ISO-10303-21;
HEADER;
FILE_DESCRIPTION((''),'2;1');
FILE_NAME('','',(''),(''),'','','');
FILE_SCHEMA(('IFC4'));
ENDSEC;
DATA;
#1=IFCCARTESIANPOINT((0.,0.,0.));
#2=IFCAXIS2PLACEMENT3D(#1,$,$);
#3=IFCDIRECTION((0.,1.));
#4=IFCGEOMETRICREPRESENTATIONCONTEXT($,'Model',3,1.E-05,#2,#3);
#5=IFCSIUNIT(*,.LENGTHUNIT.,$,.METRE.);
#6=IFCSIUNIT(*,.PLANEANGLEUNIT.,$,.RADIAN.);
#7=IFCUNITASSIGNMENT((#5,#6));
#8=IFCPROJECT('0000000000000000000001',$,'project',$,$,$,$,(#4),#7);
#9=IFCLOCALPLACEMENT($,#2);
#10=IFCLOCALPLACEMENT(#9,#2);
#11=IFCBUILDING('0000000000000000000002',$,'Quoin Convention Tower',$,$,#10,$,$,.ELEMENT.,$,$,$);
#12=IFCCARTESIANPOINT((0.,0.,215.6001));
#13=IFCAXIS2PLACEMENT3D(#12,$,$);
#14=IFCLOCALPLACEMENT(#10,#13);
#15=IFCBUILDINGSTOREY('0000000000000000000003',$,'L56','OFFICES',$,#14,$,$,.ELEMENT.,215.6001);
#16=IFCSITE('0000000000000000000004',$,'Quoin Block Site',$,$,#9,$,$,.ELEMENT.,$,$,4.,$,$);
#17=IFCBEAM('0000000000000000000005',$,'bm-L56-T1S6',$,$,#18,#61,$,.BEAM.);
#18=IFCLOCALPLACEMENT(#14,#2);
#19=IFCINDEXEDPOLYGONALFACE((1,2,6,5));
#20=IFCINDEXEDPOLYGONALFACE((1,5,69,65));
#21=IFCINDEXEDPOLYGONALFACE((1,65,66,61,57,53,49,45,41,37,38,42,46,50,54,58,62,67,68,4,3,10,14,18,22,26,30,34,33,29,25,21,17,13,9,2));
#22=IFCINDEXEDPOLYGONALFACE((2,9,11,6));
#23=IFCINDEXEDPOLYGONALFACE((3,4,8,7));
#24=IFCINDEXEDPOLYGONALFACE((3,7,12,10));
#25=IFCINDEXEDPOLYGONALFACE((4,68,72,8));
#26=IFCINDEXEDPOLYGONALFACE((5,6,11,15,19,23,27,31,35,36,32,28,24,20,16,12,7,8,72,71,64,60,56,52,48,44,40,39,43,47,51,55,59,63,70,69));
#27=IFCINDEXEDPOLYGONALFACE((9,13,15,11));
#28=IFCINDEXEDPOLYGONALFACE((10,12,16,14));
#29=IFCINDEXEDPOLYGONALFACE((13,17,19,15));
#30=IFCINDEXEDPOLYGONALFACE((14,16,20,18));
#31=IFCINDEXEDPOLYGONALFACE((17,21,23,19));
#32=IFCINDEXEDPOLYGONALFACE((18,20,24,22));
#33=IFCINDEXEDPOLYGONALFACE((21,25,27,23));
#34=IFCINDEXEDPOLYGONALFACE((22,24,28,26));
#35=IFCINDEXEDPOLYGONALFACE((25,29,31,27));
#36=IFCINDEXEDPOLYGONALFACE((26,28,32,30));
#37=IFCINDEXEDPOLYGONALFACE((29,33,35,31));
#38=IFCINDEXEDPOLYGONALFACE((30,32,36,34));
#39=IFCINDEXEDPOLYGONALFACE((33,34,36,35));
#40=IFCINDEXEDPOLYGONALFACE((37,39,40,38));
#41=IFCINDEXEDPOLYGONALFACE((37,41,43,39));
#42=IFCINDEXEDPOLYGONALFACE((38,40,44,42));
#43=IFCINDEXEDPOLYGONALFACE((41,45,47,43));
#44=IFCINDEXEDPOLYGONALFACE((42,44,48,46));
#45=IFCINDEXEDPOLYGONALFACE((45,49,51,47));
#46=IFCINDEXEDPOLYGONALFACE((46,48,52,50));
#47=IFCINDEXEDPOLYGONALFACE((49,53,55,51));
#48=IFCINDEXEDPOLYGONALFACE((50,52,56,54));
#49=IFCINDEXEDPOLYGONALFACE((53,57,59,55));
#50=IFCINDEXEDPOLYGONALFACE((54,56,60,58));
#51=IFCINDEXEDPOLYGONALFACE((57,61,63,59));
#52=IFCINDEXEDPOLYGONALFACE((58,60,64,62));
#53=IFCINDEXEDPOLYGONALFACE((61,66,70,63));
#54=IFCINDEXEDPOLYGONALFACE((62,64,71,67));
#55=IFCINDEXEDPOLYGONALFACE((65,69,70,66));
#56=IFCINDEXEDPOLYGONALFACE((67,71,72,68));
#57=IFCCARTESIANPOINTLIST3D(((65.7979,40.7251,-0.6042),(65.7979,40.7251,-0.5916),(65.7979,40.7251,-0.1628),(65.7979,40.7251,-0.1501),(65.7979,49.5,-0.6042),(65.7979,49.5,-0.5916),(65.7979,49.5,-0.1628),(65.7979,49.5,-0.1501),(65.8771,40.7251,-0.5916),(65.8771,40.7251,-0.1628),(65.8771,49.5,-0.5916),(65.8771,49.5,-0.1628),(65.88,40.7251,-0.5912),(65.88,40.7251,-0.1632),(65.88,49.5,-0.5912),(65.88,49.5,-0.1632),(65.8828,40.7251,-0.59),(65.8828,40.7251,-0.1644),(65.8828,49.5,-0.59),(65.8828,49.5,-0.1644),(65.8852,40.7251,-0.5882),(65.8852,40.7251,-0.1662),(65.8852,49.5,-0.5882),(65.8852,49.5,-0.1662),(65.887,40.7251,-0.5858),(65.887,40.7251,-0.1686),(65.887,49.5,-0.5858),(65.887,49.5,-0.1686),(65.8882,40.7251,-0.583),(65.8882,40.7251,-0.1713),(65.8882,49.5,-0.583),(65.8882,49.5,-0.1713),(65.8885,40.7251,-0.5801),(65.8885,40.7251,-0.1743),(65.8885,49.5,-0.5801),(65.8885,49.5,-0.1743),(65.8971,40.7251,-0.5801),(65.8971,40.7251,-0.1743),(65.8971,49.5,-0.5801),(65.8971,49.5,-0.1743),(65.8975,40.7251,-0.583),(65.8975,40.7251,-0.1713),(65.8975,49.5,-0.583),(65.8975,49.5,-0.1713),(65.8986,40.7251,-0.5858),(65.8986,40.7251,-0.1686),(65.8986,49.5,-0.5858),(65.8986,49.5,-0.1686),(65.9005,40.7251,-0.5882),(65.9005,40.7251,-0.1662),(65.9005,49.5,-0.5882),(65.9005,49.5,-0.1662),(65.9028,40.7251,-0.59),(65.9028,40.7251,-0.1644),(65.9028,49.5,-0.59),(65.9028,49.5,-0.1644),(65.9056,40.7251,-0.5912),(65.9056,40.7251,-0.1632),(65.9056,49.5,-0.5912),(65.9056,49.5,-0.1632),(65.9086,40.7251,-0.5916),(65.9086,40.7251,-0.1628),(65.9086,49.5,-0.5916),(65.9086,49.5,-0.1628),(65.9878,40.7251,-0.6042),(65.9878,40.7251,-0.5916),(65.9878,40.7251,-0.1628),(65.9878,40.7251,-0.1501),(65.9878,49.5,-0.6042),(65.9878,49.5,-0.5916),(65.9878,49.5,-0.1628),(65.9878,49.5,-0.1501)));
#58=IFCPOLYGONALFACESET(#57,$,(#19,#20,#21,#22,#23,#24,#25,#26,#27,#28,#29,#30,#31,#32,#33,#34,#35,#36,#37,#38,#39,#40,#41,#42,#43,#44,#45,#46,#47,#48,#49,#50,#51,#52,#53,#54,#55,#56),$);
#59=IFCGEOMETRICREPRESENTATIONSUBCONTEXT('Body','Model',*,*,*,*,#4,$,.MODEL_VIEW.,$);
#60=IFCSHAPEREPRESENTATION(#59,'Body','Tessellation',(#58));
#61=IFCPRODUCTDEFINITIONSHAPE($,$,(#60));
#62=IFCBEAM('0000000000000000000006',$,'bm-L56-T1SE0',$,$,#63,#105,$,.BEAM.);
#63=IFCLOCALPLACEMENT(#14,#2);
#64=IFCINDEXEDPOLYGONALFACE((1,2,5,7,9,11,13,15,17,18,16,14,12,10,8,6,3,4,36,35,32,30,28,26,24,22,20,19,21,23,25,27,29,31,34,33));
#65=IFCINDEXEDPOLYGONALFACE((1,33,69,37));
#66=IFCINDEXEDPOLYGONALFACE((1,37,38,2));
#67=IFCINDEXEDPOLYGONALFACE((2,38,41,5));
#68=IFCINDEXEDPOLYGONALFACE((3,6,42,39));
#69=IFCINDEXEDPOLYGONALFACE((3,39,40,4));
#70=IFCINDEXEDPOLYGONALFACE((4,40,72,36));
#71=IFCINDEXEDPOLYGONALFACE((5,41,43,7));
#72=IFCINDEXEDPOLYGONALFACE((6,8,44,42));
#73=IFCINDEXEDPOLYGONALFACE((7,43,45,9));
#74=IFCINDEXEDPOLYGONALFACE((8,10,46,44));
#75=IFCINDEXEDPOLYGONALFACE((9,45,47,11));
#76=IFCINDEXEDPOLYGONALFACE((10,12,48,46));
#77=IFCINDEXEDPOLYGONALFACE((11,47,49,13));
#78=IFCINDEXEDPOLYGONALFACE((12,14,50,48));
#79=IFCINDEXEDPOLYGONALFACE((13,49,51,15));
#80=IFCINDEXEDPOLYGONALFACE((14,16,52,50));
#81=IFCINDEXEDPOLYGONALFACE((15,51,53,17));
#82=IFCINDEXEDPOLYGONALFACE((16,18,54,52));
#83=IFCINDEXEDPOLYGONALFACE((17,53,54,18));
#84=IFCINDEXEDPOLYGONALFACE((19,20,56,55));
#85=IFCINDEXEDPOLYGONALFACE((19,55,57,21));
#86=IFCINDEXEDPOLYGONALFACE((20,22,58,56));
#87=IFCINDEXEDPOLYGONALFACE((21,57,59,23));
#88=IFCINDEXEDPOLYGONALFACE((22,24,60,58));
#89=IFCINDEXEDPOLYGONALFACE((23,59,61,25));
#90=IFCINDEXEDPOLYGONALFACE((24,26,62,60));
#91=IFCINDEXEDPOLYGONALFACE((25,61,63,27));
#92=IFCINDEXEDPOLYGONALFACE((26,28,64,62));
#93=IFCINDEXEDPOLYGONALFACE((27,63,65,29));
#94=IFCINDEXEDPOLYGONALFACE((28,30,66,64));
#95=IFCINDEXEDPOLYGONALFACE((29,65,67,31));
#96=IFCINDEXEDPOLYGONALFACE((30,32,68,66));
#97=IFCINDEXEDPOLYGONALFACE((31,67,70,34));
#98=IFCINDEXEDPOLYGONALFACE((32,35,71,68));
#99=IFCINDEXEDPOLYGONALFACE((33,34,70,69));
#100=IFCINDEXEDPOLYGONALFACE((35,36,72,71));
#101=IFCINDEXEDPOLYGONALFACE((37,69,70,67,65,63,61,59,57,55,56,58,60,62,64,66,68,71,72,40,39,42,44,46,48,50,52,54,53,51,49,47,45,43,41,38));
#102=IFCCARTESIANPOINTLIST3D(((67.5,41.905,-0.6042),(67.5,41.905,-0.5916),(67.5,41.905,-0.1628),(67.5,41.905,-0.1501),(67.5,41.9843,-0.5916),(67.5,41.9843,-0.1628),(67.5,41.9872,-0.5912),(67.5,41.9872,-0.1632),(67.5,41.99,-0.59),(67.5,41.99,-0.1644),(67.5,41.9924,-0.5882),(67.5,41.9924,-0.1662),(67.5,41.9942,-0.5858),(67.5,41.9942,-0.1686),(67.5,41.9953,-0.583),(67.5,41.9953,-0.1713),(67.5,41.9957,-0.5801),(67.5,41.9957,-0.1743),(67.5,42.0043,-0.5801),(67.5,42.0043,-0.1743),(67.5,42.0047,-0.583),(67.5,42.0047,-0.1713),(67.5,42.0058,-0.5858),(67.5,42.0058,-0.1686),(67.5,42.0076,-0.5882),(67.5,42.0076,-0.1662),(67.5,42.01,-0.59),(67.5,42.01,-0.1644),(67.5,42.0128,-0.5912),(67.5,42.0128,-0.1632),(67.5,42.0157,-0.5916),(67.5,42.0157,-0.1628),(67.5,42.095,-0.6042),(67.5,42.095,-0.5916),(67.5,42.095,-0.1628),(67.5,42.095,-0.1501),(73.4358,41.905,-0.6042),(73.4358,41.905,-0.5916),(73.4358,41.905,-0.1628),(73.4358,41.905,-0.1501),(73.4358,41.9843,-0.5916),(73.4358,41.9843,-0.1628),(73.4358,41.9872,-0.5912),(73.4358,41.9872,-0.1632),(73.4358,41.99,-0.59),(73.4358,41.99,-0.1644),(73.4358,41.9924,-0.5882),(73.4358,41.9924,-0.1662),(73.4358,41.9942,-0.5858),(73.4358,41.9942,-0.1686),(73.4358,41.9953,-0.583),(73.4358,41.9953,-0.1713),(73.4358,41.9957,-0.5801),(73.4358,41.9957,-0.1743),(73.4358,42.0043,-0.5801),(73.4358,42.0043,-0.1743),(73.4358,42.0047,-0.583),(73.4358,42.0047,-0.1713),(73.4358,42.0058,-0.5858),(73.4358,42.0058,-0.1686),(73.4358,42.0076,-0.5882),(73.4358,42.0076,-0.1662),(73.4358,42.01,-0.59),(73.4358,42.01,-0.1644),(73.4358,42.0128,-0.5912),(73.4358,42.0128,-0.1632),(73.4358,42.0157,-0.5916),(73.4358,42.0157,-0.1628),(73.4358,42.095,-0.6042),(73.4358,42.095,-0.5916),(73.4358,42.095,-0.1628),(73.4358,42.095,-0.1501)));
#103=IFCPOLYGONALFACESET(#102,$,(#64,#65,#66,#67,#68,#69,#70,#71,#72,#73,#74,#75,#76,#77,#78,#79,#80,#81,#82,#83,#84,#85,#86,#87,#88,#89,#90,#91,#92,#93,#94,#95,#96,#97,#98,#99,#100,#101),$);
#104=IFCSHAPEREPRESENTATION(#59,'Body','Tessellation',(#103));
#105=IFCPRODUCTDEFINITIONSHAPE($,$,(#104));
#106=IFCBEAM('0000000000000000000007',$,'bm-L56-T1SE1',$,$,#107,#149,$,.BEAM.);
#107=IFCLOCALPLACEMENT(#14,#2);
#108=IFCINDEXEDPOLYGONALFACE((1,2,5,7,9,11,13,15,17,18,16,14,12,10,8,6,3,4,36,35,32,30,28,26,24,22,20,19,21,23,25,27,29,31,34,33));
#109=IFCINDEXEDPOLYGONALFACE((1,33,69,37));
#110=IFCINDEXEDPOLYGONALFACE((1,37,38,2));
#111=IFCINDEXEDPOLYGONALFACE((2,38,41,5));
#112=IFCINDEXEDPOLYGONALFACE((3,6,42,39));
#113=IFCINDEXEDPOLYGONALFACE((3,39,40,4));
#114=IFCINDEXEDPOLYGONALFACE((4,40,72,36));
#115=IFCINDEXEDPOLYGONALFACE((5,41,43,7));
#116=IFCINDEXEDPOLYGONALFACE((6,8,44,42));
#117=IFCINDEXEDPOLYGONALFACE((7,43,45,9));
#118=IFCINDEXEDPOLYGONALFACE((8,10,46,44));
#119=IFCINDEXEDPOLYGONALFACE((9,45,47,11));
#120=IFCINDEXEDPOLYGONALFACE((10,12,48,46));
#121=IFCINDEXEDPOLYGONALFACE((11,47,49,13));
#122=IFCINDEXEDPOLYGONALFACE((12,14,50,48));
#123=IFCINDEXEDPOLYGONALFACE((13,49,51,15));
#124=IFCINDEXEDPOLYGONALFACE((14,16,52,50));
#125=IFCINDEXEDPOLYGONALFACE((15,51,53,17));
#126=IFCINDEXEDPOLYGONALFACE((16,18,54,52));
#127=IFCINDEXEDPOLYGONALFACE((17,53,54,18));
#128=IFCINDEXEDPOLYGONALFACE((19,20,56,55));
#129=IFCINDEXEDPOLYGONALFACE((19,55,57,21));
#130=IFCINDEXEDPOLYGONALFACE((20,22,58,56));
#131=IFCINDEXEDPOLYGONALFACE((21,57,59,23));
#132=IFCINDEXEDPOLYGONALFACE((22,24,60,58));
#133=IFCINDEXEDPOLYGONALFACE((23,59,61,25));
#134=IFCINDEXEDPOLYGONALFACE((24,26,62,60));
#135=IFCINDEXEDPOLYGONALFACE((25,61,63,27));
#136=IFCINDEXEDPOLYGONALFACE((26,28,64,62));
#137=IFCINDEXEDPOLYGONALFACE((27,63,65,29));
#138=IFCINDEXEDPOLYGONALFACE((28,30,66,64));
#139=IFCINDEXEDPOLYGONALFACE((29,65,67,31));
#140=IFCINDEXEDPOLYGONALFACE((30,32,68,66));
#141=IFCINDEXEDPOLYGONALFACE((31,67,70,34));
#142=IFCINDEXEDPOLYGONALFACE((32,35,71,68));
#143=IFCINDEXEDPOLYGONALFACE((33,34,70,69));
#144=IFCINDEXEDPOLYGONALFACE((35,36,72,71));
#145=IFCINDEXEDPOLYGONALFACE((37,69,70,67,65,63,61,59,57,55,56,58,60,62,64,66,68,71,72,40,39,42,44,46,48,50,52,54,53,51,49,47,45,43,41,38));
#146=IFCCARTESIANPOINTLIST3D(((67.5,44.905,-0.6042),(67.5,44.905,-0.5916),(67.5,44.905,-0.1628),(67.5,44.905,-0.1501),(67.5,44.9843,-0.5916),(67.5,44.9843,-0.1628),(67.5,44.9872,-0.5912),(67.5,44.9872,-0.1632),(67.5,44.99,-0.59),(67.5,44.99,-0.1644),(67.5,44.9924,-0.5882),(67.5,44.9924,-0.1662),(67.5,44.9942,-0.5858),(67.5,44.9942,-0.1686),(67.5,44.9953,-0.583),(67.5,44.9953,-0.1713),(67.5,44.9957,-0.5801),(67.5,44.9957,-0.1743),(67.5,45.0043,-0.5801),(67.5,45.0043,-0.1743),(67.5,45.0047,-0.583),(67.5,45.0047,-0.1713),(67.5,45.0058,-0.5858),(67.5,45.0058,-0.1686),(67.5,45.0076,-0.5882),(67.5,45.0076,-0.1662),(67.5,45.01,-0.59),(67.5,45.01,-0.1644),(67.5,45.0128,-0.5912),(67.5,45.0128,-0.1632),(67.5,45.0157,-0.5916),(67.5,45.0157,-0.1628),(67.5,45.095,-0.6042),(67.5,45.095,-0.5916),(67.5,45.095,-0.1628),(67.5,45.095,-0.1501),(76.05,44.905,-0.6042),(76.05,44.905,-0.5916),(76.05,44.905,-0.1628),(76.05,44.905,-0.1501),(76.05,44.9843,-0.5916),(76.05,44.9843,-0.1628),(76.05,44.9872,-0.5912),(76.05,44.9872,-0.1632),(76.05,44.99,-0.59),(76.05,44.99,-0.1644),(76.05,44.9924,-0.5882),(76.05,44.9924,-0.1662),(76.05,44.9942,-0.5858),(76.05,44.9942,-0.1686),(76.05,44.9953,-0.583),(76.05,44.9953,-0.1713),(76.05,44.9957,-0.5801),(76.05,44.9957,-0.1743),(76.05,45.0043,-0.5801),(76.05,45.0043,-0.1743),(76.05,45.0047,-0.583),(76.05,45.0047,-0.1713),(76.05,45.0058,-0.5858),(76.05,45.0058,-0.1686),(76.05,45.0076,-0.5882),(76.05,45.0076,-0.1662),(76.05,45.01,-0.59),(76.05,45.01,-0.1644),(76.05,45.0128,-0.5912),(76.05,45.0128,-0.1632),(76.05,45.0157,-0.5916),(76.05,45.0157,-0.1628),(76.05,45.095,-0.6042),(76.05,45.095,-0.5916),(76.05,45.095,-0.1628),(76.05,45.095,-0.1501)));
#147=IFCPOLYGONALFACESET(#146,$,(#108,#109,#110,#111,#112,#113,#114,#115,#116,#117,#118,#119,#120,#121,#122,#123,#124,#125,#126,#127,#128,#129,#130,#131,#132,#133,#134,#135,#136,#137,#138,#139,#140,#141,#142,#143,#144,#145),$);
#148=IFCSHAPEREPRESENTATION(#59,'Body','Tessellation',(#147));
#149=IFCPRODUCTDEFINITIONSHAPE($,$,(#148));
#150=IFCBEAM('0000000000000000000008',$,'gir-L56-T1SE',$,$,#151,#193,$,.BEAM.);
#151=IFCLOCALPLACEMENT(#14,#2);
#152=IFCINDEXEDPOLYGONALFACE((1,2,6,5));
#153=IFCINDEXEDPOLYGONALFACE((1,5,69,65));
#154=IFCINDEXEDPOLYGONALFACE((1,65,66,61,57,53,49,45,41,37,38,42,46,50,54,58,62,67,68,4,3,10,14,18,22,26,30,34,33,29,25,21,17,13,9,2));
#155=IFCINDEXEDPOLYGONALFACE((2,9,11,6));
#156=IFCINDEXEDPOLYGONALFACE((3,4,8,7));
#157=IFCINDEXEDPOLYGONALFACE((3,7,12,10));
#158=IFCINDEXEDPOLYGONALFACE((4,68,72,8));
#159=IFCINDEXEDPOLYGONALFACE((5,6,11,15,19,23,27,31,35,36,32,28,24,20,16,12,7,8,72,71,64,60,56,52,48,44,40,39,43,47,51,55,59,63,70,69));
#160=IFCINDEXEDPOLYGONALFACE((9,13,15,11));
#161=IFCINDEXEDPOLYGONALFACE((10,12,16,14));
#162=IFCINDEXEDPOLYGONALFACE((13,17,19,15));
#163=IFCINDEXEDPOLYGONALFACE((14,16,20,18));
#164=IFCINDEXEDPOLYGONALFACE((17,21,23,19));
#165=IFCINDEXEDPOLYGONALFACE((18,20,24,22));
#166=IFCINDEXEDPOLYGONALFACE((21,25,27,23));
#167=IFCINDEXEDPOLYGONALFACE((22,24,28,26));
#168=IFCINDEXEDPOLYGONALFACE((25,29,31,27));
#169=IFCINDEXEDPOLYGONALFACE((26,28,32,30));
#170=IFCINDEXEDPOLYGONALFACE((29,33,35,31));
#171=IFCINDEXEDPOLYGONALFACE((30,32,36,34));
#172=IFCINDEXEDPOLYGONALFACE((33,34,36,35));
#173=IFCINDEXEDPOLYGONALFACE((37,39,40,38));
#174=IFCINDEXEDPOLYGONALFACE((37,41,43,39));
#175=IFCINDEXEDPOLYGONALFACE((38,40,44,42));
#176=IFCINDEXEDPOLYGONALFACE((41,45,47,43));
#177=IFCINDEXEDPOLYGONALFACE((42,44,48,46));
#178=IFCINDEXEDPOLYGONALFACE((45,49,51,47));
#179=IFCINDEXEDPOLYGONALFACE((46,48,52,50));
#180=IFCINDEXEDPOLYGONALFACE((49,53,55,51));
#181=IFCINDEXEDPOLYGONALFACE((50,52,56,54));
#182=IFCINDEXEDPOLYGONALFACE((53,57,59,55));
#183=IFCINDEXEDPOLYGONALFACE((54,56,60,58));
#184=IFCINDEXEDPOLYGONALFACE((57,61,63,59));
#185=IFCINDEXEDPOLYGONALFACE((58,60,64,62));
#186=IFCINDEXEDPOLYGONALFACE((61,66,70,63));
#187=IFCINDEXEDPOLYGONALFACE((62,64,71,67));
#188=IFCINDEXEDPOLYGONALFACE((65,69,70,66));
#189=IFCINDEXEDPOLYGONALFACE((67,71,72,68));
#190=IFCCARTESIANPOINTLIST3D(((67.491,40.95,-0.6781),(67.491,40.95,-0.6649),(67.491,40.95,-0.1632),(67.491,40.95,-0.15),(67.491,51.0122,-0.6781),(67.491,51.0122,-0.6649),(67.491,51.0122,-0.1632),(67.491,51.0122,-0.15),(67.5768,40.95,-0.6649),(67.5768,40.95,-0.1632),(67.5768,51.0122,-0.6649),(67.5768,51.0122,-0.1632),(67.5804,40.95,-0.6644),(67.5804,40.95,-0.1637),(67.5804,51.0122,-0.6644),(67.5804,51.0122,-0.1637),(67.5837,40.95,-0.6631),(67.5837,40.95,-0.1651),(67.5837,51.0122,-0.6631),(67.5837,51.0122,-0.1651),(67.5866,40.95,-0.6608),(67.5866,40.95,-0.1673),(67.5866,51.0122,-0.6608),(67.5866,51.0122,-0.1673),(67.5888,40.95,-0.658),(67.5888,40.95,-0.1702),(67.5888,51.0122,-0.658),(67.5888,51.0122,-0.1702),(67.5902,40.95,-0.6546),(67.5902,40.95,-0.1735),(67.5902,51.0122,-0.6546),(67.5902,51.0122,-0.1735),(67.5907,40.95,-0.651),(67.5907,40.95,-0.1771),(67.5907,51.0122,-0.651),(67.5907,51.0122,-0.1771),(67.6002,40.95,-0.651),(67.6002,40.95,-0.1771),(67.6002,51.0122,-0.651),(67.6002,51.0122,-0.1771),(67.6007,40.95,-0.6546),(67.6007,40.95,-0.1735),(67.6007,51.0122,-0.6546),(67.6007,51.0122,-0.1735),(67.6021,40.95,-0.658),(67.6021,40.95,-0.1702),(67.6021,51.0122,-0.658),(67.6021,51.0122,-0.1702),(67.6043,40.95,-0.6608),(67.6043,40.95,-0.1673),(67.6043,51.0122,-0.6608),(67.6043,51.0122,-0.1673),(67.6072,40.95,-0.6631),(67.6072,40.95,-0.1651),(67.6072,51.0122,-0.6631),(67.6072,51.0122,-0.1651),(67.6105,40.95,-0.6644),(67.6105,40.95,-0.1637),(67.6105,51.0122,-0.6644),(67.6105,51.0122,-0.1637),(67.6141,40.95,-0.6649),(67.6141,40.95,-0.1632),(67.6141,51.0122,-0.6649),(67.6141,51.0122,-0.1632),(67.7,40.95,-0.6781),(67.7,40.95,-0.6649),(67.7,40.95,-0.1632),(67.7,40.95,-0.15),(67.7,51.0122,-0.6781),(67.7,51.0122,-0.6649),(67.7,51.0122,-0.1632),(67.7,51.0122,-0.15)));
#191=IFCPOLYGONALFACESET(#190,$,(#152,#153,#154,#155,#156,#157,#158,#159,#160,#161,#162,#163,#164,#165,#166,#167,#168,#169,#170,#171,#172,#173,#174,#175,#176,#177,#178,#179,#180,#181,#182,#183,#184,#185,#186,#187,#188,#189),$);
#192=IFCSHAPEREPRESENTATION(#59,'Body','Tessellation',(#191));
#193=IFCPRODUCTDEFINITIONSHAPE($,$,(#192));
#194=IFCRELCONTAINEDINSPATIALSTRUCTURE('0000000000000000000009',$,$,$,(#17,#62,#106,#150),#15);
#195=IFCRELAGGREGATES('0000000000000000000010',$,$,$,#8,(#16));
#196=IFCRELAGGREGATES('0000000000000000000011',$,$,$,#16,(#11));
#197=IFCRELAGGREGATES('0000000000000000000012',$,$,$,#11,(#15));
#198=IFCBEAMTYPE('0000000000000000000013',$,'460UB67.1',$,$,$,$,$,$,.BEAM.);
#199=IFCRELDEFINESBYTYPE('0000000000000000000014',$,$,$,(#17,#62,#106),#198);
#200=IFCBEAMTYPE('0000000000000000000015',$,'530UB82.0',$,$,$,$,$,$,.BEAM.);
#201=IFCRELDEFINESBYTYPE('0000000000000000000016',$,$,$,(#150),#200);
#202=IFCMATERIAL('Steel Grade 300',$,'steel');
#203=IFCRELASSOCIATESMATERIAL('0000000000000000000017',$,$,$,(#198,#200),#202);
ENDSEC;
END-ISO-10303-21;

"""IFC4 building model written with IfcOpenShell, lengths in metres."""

from ifc_helpers import new_model, si_unit, direction, frame, origin, origin_2d, place, context, subcontext, project, spatial, i_section, extrude, material, material_profile, profile_set, type_object, element, save


model = new_model("IFC4")

# Units and contexts
model_context = context("Model", 3, precision=1e-05, world=origin(), true_north=direction((0.0, 1.0)))
body_context = subcontext(model_context, "Body", "Model", "MODEL_VIEW")
ifc_project = project(units=[si_unit("LENGTHUNIT", "METRE"), si_unit("PLANEANGLEUNIT", "RADIAN")], contexts=[model_context])

# Site, building, storey
site_placement = place(None, origin())
site = spatial("IfcSite", under=ifc_project, at=site_placement, Name="Quoin Block Site", CompositionType="ELEMENT", RefElevation=4.0)
building_placement = place(site_placement, origin())
building = spatial("IfcBuilding", under=site, at=building_placement, Name="Quoin Convention Tower", CompositionType="ELEMENT")
storey_placement = place(building_placement, frame((0.0, 0.0, 215.6001)))
storey = spatial("IfcBuildingStorey", under=building, at=storey_placement, Name="L56", Description="OFFICES", CompositionType="ELEMENT", Elevation=215.6001)

# Beams
ifc_material_1 = material(Name="Steel Grade 300", Category="steel")
ifc_material_profile_1 = material_profile(ifc_material_1, i_section(OverallWidth=0.1899, OverallDepth=0.4541, WebThickness=0.0085, FlangeThickness=0.0127, FilletRadius=0.0115, at=origin_2d()), Name="460UB67.1")
ifc_profile_set_1 = profile_set([ifc_material_profile_1], Name="Steel Grade 300")
beam_type_1 = type_object("IfcBeamType", Name="460UB67.1", PredefinedType="BEAM", material=ifc_profile_set_1)
beam_1_placement = place(storey_placement, frame((65.8928, 40.7251, -0.3772), z_axis=(0.0, 1.0, 0.0), x_axis=(-1.0, 0.0, 0.0)))
element("IfcBeam", 1, at=beam_1_placement, inside=storey, type_object=beam_type_1, Name="bm-L56-T1S6", PredefinedType="BEAM", context=body_context, shape_type="SweptSolid", body=[
    extrude(i_section(OverallWidth=0.1899, OverallDepth=0.4541, WebThickness=0.0085, FlangeThickness=0.0127, FilletRadius=0.0115, at=origin_2d()), origin(), (0.0, 0.0, 1.0), 8.7749),
])
beam_2_placement = place(storey_placement, frame((67.5, 42.0, -0.3772), z_axis=(1.0, 0.0, 0.0), x_axis=(0.0, 1.0, 0.0)))
element("IfcBeam", 2, at=beam_2_placement, inside=storey, type_object=beam_type_1, Name="bm-L56-T1SE0", PredefinedType="BEAM", context=body_context, shape_type="SweptSolid", body=[
    extrude(i_section(OverallWidth=0.1899, OverallDepth=0.4541, WebThickness=0.0085, FlangeThickness=0.0127, FilletRadius=0.0115, at=origin_2d()), origin(), (0.0, 0.0, 1.0), 5.9358),
])
beam_3_placement = place(storey_placement, frame((67.5, 45.0, -0.3772), z_axis=(1.0, 0.0, 0.0), x_axis=(0.0, 1.0, 0.0)))
element("IfcBeam", 3, at=beam_3_placement, inside=storey, type_object=beam_type_1, Name="bm-L56-T1SE1", PredefinedType="BEAM", context=body_context, shape_type="SweptSolid", body=[
    extrude(i_section(OverallWidth=0.1899, OverallDepth=0.4541, WebThickness=0.0085, FlangeThickness=0.0127, FilletRadius=0.0115, at=origin_2d()), origin(), (0.0, 0.0, 1.0), 8.55),
])
ifc_material_profile_2 = material_profile(ifc_material_1, i_section(OverallWidth=0.209, OverallDepth=0.5281, WebThickness=0.0095, FlangeThickness=0.0132, FilletRadius=0.0139, at=origin_2d()), Name="530UB82.0")
ifc_profile_set_2 = profile_set([ifc_material_profile_2], Name="Steel Grade 300")
beam_type_2 = type_object("IfcBeamType", Name="530UB82.0", PredefinedType="BEAM", material=ifc_profile_set_2)
beam_4_placement = place(storey_placement, frame((67.5955, 40.95, -0.4141), z_axis=(0.0, 1.0, 0.0), x_axis=(-1.0, 0.0, 0.0)))
element("IfcBeam", 4, at=beam_4_placement, inside=storey, type_object=beam_type_2, Name="gir-L56-T1SE", PredefinedType="BEAM", context=body_context, shape_type="SweptSolid", body=[
    extrude(i_section(OverallWidth=0.209, OverallDepth=0.5281, WebThickness=0.0095, FlangeThickness=0.0132, FilletRadius=0.0139, at=origin_2d()), origin(), (0.0, 0.0, 1.0), 10.0623),
])

save(model, "model.ifc")
